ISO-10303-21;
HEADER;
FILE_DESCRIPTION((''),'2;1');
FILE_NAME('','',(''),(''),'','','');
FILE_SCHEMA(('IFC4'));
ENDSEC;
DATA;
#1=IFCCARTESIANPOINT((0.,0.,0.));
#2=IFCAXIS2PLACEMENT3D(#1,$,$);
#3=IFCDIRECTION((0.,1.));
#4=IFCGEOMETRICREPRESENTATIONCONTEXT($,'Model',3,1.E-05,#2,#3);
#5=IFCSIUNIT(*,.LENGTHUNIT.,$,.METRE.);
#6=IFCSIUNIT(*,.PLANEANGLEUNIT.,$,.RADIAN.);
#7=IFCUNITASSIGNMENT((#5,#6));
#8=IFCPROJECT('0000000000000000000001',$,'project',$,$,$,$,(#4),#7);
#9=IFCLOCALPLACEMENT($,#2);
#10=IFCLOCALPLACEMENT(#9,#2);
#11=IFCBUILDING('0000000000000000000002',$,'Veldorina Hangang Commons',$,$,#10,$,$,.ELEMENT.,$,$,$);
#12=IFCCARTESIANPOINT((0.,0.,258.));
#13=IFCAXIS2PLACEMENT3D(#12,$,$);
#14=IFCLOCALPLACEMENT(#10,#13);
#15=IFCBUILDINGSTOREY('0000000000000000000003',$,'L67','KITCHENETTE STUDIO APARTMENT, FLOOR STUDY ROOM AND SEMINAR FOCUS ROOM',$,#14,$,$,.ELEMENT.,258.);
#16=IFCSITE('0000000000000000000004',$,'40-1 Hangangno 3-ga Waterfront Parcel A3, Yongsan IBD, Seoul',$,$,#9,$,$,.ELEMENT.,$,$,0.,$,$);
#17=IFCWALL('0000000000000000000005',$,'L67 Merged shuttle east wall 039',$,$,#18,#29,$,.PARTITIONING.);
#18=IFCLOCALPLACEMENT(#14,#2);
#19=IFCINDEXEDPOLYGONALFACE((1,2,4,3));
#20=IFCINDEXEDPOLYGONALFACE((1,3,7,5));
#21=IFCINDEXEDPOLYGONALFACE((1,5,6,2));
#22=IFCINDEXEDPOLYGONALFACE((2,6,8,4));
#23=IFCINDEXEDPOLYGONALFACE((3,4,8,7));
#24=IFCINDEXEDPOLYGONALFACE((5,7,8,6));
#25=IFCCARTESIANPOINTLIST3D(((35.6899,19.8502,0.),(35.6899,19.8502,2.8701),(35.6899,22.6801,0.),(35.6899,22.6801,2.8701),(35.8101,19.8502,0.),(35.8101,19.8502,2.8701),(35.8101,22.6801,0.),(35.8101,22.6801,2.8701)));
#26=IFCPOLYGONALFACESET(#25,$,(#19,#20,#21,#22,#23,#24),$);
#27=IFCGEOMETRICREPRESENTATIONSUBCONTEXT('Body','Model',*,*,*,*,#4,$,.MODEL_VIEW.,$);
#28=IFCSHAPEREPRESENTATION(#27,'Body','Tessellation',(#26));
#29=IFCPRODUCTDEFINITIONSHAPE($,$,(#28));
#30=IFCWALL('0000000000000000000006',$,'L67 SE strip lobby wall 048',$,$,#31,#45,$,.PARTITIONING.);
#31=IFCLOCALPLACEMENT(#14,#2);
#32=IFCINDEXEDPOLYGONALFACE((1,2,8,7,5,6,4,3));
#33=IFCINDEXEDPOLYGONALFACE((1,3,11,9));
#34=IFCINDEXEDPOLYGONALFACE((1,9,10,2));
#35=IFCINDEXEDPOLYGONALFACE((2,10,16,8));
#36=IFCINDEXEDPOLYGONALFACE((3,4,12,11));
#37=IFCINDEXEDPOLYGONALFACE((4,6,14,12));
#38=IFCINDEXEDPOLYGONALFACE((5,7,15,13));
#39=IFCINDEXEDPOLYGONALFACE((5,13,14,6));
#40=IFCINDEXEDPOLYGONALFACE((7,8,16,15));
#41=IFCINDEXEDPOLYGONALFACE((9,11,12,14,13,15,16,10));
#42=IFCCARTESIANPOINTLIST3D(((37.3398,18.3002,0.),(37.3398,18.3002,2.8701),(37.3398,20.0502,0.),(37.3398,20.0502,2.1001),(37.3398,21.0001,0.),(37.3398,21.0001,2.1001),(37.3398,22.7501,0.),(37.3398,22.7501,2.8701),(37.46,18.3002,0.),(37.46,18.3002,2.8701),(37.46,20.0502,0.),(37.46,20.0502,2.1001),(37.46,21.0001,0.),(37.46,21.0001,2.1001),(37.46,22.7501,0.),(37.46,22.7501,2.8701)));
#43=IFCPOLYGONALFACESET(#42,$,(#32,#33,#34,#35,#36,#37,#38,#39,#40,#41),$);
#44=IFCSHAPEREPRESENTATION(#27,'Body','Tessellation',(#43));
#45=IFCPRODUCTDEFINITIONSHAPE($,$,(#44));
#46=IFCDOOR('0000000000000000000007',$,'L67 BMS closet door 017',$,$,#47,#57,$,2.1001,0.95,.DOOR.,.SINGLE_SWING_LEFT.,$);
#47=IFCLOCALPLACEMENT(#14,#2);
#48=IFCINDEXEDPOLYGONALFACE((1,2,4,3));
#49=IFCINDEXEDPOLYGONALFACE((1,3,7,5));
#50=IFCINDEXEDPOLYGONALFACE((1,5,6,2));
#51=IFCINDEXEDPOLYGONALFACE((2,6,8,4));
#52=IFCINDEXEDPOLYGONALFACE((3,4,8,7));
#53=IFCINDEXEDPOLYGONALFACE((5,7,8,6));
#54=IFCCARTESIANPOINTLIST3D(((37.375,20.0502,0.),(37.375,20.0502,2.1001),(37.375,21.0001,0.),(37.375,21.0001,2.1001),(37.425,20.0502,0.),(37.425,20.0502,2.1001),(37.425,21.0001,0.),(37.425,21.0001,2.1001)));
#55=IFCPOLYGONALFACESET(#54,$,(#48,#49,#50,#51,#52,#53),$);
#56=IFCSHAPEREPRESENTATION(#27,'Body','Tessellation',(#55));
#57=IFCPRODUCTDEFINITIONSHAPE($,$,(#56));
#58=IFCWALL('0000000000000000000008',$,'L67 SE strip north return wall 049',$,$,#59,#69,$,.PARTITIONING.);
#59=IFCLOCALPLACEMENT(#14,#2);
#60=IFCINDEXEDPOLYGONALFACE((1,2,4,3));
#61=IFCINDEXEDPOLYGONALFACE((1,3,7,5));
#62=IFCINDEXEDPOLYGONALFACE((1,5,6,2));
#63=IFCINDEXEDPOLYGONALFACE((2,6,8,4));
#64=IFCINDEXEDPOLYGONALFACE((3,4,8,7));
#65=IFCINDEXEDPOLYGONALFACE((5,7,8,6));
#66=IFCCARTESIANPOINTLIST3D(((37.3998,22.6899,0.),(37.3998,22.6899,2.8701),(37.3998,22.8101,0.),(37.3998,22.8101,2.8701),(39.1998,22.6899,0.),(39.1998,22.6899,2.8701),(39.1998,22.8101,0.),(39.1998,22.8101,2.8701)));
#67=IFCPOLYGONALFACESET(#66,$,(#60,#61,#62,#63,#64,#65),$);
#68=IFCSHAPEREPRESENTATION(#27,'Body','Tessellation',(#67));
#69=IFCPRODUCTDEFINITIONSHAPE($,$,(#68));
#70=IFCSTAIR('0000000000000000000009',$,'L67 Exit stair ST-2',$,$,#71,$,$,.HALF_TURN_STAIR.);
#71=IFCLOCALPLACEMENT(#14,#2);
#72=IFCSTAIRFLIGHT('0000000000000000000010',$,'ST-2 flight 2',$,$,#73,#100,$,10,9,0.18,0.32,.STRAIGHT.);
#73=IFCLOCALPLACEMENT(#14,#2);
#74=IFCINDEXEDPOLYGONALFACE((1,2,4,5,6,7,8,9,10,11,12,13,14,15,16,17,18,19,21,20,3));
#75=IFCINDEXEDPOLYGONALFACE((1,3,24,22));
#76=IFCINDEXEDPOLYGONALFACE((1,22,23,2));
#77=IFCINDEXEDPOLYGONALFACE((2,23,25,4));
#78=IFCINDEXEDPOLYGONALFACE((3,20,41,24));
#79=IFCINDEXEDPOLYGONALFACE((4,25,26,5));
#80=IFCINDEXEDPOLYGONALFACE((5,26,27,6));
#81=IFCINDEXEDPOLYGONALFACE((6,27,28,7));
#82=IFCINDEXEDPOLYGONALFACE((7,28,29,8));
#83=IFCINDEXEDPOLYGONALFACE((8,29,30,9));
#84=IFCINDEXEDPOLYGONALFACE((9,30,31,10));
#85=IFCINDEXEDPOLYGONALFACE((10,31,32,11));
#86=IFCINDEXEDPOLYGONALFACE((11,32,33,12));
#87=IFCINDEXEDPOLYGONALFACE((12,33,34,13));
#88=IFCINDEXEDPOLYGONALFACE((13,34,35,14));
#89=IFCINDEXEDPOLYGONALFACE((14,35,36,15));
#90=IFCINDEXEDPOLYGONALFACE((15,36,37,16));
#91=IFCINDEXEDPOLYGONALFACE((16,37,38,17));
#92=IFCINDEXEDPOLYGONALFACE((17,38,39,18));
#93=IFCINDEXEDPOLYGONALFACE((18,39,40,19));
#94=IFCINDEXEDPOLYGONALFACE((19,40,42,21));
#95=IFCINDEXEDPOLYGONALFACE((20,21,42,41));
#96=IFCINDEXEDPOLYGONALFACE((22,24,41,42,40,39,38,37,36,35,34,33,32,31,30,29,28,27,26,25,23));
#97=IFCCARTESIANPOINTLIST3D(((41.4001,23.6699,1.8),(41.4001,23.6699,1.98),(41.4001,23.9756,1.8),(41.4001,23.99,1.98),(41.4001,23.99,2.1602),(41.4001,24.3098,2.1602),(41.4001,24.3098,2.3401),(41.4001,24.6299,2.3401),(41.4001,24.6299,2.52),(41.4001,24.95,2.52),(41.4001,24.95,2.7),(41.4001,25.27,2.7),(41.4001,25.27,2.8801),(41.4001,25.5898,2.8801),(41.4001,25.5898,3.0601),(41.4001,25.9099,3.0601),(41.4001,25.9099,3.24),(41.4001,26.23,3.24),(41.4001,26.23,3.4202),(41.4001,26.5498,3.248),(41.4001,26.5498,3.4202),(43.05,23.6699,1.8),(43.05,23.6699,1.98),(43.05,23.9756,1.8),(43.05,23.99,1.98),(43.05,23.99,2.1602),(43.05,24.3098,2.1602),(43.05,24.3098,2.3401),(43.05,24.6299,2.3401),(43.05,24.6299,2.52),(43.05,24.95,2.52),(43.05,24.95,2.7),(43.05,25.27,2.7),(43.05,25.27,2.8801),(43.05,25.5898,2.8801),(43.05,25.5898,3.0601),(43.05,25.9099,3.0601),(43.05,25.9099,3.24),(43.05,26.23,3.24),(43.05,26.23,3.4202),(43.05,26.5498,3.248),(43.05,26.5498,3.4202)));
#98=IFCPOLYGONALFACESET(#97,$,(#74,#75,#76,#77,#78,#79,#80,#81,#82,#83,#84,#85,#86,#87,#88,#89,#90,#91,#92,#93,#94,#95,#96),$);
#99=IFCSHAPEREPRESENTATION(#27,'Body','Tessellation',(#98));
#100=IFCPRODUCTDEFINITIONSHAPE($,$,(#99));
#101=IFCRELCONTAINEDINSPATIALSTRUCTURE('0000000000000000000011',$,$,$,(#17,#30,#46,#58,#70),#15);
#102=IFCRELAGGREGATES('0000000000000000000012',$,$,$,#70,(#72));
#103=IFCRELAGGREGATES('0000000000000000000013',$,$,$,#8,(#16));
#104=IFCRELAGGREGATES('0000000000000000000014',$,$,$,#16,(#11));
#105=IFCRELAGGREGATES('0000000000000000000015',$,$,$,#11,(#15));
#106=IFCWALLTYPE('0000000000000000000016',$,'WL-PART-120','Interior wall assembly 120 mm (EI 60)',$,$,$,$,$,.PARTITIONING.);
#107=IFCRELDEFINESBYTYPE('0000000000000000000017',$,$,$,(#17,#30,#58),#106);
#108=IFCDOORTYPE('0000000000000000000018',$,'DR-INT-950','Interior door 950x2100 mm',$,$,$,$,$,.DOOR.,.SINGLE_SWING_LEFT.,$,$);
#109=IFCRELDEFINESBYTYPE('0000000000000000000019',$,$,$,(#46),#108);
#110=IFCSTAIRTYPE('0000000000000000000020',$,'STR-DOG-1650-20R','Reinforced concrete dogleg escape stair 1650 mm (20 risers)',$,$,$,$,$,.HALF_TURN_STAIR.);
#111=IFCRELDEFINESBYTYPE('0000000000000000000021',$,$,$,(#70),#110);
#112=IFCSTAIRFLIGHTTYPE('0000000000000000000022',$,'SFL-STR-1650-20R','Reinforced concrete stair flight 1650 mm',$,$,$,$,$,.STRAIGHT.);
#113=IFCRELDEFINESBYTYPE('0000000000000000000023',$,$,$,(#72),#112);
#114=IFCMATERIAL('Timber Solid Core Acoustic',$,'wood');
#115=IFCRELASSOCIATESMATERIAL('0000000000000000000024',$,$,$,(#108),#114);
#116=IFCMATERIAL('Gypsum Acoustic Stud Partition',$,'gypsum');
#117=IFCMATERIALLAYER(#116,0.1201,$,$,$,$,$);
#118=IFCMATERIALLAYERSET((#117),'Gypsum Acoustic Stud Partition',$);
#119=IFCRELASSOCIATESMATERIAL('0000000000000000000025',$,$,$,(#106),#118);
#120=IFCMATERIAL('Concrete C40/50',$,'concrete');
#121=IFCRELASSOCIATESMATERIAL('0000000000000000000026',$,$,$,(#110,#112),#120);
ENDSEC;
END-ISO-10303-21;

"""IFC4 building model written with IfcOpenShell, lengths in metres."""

from ifc_helpers import new_model, si_unit, direction, frame, frame_2d, origin, place, context, subcontext, project, spatial, polyline, rectangle, outline, extrude, material, layer, layer_set, type_object, element, fill, aggregate, save


model = new_model("IFC4")

# Units and contexts
model_context = context("Model", 3, precision=1e-05, world=origin(), true_north=direction((0.0, 1.0)))
body_context = subcontext(model_context, "Body", "Model", "MODEL_VIEW")
ifc_project = project(units=[si_unit("LENGTHUNIT", "METRE"), si_unit("PLANEANGLEUNIT", "RADIAN")], contexts=[model_context])

# Site, building, storey
site_placement = place(None, origin())
site = spatial("IfcSite", under=ifc_project, at=site_placement, Name="40-1 Hangangno 3-ga Waterfront Parcel A3, Yongsan IBD, Seoul", CompositionType="ELEMENT", RefElevation=0.0)
building_placement = place(site_placement, origin())
building = spatial("IfcBuilding", under=site, at=building_placement, Name="Veldorina Hangang Commons", CompositionType="ELEMENT")
storey_placement = place(building_placement, frame((0.0, 0.0, 258.0)))
storey = spatial("IfcBuildingStorey", under=building, at=storey_placement, Name="L67", Description="KITCHENETTE STUDIO APARTMENT, FLOOR STUDY ROOM AND SEMINAR FOCUS ROOM", CompositionType="ELEMENT", Elevation=258.0)

# Shared definitions
ifc_material_1 = material(Name="Timber Solid Core Acoustic", Category="wood")
door_type_1 = type_object("IfcDoorType", Name="DR-INT-950", Description="Interior door 950x2100 mm", OperationType="SINGLE_SWING_LEFT", PredefinedType="DOOR", material=ifc_material_1)

# Wall
ifc_material_2 = material(Name="Gypsum Acoustic Stud Partition", Category="gypsum")
ifc_layer_1 = layer(ifc_material_2, 0.1201)
ifc_layer_set_1 = layer_set([ifc_layer_1], Name="Gypsum Acoustic Stud Partition")
wall_type_1 = type_object("IfcWallType", Name="WL-PART-120", Description="Interior wall assembly 120 mm (EI 60)", PredefinedType="PARTITIONING", material=ifc_layer_set_1)
wall_1_placement = place(storey_placement, frame((35.75, 19.8501, 0.0), z_axis=(0.0, 0.0, 1.0), x_axis=(0.0, 1.0, 0.0)))
element("IfcWall", 1, at=wall_1_placement, inside=storey, type_object=wall_type_1, Name="L67 Merged shuttle east wall 039", PredefinedType="PARTITIONING", context=body_context, shape_type="SweptSolid", body=[
    extrude(rectangle(XDim=2.8298, YDim=0.1201, at=frame_2d((1.415, 0.0))), origin(), (0.0, 0.0, 1.0), 2.8701),
])

# Wall, opening, door
wall_2_placement = place(storey_placement, frame((37.3999, 18.3, 0.0), z_axis=(0.0, 0.0, 1.0), x_axis=(0.0, 1.0, 0.0)))
wall_2 = element("IfcWall", 2, at=wall_2_placement, inside=storey, type_object=wall_type_1, Name="L67 SE strip lobby wall 048", PredefinedType="PARTITIONING", context=body_context, shape_type="SweptSolid", body=[
    extrude(rectangle(XDim=4.45, YDim=0.1201, at=frame_2d((2.2251, 0.0))), origin(), (0.0, 0.0, 1.0), 2.8701),
])
opening_1_placement = place(wall_2_placement, frame((1.75, 0.0, 0.0)))
opening_1 = element("IfcOpeningElement", 3, at=opening_1_placement, cuts=wall_2, PredefinedType="OPENING", context=body_context, shape_type="SweptSolid", body=[
    extrude(rectangle(XDim=0.95, YDim=2.1001, at=frame_2d((0.4751, 1.05))), frame((0.0, 0.0701, 0.0), z_axis=(0.0, -1.0, 0.0), x_axis=(1.0, 0.0, 0.0)), (0.0, 0.0, 1.0), 0.1401),
])
door_1_placement = place(opening_1_placement, origin())
door_1 = element("IfcDoor", 4, at=door_1_placement, inside=storey, type_object=door_type_1, Name="L67 BMS closet door 017", OperationType="SINGLE_SWING_LEFT", OverallHeight=2.1001, OverallWidth=0.95, PredefinedType="DOOR", context=body_context, shape_type="SweptSolid", body=[
    extrude(rectangle(XDim=0.95, YDim=2.1001, at=frame_2d((0.4751, 1.05))), frame((0.0, 0.0249, 0.0), z_axis=(0.0, -1.0, 0.0), x_axis=(1.0, 0.0, 0.0)), (0.0, 0.0, 1.0), 0.05),
])
fill(opening_1, door_1)

# Wall
wall_3_placement = place(storey_placement, frame((37.3999, 22.75, 0.0), z_axis=(0.0, 0.0, 1.0), x_axis=(1.0, 0.0, 0.0)))
element("IfcWall", 5, at=wall_3_placement, inside=storey, type_object=wall_type_1, Name="L67 SE strip north return wall 049", PredefinedType="PARTITIONING", context=body_context, shape_type="SweptSolid", body=[
    extrude(rectangle(XDim=1.8, YDim=0.1201, at=frame_2d((0.8999, 0.0))), origin(), (0.0, 0.0, 1.0), 2.8701),
])

# Stair, stair flight
ifc_material_3 = material(Name="Concrete C40/50", Category="concrete")
stair_type = type_object("IfcStairType", Name="STR-DOG-1650-20R", Description="Reinforced concrete dogleg escape stair 1650 mm (20 risers)", PredefinedType="HALF_TURN_STAIR", material=ifc_material_3)
stair_placement = place(storey_placement, origin())
stair = element("IfcStair", 6, at=stair_placement, inside=storey, type_object=stair_type, Name="L67 Exit stair ST-2", PredefinedType="HALF_TURN_STAIR")
stair_flight_type = type_object("IfcStairFlightType", Name="SFL-STR-1650-20R", Description="Reinforced concrete stair flight 1650 mm", PredefinedType="STRAIGHT", material=ifc_material_3)
stair_flight_placement = place(storey_placement, frame((42.2251, 23.6699, 1.8), z_axis=(0.0, 0.0, 1.0), x_axis=(0.0, 1.0, 0.0)))
stair_flight = element("IfcStairFlight", 7, at=stair_flight_placement, type_object=stair_flight_type, Name="ST-2 flight 2", NumberOfRisers=10, NumberOfTreads=9, PredefinedType="STRAIGHT", RiserHeight=0.18, TreadLength=0.32, context=body_context, shape_type="SweptSolid", body=[
    extrude(outline(polyline([(0.0, 0.0), (0.0, 0.1799), (0.3201, 0.1799), (0.3201, 0.3601), (0.6399, 0.3601), (0.6399, 0.54), (0.96, 0.54), (0.96, 0.72), (1.28, 0.72), (1.28, 0.8999), (1.6001, 0.8999), (1.6001, 1.0801), (1.9199, 1.0801), (1.9199, 1.26), (2.24, 1.26), (2.24, 1.4399), (2.5601, 1.4399), (2.5601, 1.6201), (2.8799, 1.6201), (2.8799, 1.8), (2.8799, 1.448), (0.3057, 0.0), (0.0, 0.0)])), frame((0.0, 0.825, 0.0), z_axis=(0.0, -1.0, 0.0), x_axis=(1.0, 0.0, 0.0)), (0.0, 0.0, 1.0), 1.6499),
])
aggregate(stair, [stair_flight])

save(model, "model.ifc")
